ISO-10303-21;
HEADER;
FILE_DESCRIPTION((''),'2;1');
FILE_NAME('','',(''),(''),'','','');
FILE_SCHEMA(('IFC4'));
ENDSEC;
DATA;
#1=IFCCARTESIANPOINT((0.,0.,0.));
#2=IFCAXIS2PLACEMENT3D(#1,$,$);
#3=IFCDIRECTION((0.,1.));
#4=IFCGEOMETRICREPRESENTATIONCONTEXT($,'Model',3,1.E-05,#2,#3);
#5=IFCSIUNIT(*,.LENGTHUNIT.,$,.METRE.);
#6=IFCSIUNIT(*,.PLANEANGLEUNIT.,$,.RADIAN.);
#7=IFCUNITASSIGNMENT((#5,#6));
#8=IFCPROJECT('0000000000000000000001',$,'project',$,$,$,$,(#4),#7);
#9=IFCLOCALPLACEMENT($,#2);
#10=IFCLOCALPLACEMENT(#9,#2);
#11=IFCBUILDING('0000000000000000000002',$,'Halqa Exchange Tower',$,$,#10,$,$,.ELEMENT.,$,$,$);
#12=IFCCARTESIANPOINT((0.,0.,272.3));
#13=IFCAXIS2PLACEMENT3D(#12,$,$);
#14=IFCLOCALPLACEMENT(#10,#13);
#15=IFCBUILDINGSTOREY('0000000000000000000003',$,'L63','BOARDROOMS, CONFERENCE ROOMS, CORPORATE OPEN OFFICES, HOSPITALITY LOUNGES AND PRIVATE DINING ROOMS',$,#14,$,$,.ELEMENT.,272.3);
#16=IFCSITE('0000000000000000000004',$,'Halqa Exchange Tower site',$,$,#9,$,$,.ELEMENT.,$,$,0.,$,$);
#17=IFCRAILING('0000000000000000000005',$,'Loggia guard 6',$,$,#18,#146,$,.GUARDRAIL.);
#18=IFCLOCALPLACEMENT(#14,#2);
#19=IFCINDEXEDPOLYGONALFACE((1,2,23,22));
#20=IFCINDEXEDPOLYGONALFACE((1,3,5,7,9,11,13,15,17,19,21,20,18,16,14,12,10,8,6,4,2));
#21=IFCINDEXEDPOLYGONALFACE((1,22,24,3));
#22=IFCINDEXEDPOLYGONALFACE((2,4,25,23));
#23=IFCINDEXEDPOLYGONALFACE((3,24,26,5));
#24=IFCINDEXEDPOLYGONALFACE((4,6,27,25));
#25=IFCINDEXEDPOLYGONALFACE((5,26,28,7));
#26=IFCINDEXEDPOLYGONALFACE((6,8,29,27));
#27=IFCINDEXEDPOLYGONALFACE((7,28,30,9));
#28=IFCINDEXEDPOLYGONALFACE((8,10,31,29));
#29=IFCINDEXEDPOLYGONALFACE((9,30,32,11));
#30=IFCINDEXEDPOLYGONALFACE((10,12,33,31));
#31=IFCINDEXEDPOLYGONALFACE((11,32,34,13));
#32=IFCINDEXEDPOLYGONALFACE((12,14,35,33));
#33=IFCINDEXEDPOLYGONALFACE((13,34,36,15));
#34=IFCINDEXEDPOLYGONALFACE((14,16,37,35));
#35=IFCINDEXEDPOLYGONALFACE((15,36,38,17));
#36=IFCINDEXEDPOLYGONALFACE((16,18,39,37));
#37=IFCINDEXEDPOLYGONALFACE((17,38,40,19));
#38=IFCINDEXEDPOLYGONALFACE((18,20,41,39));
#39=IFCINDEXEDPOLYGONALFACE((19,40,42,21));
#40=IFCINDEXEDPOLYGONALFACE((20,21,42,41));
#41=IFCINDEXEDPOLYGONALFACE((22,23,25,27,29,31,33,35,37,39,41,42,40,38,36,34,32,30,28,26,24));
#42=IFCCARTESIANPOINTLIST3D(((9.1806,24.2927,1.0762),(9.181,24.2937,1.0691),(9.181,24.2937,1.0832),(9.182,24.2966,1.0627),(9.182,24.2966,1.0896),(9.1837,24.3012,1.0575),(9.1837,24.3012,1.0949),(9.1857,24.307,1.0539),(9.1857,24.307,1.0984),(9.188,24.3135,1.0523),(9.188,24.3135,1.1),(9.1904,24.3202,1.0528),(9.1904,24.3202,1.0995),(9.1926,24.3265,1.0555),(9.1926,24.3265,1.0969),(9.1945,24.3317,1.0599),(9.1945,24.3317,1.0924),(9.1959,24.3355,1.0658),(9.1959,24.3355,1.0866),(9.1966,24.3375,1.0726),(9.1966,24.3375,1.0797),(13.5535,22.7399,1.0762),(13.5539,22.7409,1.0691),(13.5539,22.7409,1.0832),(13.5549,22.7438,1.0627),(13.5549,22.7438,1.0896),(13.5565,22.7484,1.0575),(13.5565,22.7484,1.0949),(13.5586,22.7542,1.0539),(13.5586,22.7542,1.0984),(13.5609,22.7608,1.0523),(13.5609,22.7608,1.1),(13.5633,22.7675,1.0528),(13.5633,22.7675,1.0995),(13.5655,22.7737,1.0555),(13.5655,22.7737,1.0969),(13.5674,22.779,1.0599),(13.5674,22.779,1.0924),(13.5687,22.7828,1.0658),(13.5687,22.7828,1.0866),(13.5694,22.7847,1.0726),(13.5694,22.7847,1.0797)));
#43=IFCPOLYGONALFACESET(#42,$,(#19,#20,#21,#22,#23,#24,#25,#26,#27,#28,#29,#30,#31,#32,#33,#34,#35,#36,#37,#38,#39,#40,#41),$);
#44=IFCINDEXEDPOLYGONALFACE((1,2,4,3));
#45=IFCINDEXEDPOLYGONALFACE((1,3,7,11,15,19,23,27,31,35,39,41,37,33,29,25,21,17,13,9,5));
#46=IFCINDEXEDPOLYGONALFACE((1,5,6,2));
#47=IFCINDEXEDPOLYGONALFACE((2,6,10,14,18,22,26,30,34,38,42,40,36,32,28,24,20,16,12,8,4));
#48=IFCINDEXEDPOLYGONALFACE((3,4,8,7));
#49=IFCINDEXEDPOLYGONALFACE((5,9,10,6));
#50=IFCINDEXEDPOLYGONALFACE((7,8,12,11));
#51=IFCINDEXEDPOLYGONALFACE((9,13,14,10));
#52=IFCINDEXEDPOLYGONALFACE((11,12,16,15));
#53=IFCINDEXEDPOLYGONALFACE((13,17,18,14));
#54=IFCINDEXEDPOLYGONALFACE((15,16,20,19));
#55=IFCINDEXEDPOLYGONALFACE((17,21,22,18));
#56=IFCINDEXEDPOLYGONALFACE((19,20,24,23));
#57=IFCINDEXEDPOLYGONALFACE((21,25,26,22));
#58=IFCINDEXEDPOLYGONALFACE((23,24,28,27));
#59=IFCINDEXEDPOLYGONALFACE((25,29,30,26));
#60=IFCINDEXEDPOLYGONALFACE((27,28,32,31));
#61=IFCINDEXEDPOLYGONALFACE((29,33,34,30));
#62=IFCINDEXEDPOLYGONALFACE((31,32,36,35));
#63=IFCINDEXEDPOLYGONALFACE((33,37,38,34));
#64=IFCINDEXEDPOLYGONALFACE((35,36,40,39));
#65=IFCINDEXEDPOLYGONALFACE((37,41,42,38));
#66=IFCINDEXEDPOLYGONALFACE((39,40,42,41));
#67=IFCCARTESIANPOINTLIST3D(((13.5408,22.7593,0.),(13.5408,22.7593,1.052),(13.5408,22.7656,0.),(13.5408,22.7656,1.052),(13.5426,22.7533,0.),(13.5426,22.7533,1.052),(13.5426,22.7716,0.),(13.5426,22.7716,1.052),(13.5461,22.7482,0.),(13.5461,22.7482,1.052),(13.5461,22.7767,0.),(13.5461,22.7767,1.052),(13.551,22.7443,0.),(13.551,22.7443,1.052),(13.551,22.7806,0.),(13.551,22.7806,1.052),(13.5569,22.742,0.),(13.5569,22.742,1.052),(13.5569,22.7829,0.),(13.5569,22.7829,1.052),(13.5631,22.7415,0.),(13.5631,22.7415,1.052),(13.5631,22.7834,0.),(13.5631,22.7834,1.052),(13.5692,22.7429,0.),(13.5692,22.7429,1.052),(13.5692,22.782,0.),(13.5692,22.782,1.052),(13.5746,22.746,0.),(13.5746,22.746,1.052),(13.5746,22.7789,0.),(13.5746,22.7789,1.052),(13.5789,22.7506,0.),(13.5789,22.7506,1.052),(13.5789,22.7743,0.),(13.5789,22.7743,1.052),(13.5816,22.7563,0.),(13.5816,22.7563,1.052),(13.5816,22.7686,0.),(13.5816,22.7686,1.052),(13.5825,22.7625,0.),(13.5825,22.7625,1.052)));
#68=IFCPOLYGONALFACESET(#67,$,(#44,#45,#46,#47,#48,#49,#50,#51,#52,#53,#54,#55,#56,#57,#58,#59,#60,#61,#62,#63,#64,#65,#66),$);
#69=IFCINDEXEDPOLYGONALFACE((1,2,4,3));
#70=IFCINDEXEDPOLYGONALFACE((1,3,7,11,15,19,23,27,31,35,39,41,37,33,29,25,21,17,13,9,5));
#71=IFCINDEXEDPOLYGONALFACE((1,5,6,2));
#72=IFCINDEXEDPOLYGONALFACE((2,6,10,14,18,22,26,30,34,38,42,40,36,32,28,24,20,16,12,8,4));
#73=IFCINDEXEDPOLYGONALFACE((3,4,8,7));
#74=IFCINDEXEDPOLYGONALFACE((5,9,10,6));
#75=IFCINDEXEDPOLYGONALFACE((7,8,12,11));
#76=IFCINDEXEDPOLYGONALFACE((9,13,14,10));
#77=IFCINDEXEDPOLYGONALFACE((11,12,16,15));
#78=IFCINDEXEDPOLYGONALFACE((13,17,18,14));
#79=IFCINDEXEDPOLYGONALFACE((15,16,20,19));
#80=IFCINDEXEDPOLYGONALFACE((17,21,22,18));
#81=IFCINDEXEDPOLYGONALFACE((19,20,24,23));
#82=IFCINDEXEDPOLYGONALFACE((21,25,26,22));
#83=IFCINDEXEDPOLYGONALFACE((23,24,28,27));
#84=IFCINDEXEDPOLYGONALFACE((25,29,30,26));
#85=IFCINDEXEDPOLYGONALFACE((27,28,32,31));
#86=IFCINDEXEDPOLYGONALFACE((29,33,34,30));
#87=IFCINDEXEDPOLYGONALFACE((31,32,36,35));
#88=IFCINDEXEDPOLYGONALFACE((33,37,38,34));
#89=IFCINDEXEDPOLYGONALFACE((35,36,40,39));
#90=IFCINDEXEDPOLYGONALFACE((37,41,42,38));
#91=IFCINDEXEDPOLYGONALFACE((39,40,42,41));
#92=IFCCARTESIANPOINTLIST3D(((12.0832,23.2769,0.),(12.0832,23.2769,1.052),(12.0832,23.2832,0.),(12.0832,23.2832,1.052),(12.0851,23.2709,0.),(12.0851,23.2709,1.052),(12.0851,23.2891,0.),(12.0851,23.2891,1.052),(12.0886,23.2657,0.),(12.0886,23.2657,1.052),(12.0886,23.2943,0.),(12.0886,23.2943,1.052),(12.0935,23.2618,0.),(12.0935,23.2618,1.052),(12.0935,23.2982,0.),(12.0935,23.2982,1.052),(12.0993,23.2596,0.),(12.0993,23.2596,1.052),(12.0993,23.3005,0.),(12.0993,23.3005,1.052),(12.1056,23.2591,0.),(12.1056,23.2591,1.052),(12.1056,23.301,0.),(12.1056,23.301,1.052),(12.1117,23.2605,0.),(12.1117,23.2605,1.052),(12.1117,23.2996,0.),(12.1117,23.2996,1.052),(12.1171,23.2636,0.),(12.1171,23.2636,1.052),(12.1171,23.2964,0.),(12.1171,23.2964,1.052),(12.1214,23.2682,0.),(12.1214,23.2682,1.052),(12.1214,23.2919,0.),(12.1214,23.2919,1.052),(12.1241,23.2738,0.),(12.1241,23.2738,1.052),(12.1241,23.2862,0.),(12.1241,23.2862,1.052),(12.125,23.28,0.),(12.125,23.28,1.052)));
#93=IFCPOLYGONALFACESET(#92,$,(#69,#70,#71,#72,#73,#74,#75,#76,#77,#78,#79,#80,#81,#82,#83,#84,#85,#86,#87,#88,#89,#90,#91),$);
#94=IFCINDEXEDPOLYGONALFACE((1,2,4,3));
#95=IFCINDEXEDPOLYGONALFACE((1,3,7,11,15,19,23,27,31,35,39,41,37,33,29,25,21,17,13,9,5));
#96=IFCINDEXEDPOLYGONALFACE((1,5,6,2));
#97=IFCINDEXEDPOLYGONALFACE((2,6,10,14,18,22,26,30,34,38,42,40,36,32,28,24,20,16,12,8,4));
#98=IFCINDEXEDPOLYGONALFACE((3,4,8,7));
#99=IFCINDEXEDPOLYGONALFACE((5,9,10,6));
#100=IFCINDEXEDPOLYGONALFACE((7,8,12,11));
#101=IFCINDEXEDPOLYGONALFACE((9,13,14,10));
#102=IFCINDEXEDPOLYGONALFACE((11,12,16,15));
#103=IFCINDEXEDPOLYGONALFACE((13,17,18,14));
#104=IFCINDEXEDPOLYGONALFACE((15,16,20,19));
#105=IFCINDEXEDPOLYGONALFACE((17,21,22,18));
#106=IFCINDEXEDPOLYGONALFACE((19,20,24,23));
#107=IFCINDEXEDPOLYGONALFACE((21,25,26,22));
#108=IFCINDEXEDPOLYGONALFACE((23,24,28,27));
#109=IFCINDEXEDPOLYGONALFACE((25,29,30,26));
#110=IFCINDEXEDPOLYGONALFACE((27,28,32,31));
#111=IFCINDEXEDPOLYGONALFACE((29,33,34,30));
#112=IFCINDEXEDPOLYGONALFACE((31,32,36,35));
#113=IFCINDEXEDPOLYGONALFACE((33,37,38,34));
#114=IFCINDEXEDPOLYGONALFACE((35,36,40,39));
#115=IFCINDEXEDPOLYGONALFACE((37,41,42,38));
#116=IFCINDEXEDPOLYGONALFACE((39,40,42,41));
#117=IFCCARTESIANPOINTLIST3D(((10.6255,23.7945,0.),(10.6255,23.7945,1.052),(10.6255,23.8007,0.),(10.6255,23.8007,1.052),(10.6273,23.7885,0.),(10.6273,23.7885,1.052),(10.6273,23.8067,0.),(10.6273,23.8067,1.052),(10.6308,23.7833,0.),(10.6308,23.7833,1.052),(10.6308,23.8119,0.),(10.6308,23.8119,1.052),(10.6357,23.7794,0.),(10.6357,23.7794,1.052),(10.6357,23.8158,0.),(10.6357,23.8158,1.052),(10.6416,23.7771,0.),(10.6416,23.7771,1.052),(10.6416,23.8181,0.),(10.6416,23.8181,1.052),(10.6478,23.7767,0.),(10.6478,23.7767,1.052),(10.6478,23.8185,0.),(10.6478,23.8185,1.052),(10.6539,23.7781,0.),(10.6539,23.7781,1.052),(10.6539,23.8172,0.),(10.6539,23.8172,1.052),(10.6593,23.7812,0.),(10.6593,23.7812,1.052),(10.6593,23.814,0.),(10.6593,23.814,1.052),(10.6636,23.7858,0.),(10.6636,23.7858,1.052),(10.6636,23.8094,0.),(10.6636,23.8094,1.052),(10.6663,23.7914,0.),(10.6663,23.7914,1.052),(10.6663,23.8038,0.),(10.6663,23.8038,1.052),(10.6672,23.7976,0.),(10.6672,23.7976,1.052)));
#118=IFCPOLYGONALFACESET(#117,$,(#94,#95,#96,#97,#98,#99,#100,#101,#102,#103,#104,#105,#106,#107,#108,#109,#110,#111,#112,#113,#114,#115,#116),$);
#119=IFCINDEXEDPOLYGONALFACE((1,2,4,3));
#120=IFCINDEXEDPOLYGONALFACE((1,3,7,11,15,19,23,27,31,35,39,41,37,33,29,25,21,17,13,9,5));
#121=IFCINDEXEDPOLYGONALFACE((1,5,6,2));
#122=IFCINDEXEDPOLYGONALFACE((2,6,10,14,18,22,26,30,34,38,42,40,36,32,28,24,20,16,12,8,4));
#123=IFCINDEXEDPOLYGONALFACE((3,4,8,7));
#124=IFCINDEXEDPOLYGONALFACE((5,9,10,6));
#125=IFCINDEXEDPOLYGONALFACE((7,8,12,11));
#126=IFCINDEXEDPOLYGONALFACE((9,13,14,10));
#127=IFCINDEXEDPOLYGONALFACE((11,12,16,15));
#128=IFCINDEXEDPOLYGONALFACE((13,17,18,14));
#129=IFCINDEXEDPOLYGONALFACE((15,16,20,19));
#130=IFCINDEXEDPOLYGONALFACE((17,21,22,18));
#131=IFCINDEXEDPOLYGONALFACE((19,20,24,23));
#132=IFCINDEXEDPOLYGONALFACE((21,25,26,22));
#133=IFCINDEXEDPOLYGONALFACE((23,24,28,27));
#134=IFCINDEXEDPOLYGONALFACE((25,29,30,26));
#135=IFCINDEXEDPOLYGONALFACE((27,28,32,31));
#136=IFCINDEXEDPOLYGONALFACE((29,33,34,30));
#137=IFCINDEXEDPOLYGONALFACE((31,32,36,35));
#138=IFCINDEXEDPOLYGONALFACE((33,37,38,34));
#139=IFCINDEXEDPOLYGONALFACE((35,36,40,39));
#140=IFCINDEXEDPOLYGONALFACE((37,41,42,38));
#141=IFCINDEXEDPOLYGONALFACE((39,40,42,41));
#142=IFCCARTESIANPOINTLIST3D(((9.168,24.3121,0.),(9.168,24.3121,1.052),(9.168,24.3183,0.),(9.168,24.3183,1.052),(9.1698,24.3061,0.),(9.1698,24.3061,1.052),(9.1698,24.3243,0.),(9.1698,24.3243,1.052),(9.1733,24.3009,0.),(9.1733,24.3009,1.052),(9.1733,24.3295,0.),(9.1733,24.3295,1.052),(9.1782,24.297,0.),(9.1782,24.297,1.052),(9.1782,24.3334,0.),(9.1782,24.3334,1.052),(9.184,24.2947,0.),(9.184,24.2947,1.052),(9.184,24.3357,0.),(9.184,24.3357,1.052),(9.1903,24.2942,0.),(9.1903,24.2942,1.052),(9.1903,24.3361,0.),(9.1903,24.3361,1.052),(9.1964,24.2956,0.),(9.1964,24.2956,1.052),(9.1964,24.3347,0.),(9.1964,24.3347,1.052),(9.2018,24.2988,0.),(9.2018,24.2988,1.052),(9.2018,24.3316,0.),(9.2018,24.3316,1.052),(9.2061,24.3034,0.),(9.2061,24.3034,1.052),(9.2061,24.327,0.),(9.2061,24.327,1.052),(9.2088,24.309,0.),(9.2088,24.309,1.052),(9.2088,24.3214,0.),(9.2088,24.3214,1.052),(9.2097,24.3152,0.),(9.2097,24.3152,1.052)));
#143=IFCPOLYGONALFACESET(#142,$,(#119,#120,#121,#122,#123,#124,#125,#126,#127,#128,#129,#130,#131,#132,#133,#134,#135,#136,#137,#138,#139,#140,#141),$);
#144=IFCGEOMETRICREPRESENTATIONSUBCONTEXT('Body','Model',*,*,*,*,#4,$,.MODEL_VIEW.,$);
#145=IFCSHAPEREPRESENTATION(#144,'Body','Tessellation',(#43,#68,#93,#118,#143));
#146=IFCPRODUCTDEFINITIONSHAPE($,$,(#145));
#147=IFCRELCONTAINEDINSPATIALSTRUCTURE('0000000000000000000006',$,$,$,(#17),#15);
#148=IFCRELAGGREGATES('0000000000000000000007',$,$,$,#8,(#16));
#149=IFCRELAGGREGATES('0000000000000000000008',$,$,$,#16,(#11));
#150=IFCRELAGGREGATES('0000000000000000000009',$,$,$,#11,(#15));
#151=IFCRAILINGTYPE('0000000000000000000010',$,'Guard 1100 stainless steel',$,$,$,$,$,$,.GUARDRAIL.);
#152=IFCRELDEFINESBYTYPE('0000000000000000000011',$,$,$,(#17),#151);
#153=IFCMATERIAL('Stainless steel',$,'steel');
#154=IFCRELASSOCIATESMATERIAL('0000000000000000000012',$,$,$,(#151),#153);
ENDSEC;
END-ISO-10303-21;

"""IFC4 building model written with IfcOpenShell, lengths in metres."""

from ifc_helpers import new_model, si_unit, direction, frame, origin, origin_2d, place, context, subcontext, project, spatial, circle, extrude, material, type_object, element, save


model = new_model("IFC4")

# Units and contexts
model_context = context("Model", 3, precision=1e-05, world=origin(), true_north=direction((0.0, 1.0)))
body_context = subcontext(model_context, "Body", "Model", "MODEL_VIEW")
ifc_project = project(units=[si_unit("LENGTHUNIT", "METRE"), si_unit("PLANEANGLEUNIT", "RADIAN")], contexts=[model_context])

# Site, building, storey
site_placement = place(None, origin())
site = spatial("IfcSite", under=ifc_project, at=site_placement, Name="Halqa Exchange Tower site", CompositionType="ELEMENT", RefElevation=0.0)
building_placement = place(site_placement, origin())
building = spatial("IfcBuilding", under=site, at=building_placement, Name="Halqa Exchange Tower", CompositionType="ELEMENT")
storey_placement = place(building_placement, frame((0.0, 0.0, 272.3)))
storey = spatial("IfcBuildingStorey", under=building, at=storey_placement, Name="L63", Description="BOARDROOMS, CONFERENCE ROOMS, CORPORATE OPEN OFFICES, HOSPITALITY LOUNGES AND PRIVATE DINING ROOMS", CompositionType="ELEMENT", Elevation=272.3)

# Railing
ifc_material_1 = material(Name="Stainless steel", Category="steel")
railing_type = type_object("IfcRailingType", Name="Guard 1100 stainless steel", PredefinedType="GUARDRAIL", material=ifc_material_1)
railing_1_placement = place(storey_placement, frame((13.5615, 22.7625, 0.0)))
element("IfcRailing", 1, at=railing_1_placement, inside=storey, type_object=railing_type, Name="Loggia guard 6", PredefinedType="GUARDRAIL", context=body_context, shape_type="SweptSolid", body=[
    extrude(circle(Radius=0.0239, at=origin_2d()), frame((0.0, 0.0, 1.0762), z_axis=(-0.942353, 0.334619, 0.0), x_axis=(-0.334619, -0.942353, 0.0)), (0.0, 0.0, 1.0), 4.6404),
    extrude(circle(Radius=0.021, at=origin_2d()), origin(), (0.0, 0.0, 1.0), 1.052),
    extrude(circle(Radius=0.021, at=origin_2d()), frame((-1.4575, 0.5176, 0.0)), (0.0, 0.0, 1.0), 1.052),
    extrude(circle(Radius=0.021, at=origin_2d()), frame((-2.9153, 1.0352, 0.0)), (0.0, 0.0, 1.0), 1.052),
    extrude(circle(Radius=0.021, at=origin_2d()), frame((-4.3728, 1.5527, 0.0)), (0.0, 0.0, 1.0), 1.052),
])

save(model, "model.ifc")
